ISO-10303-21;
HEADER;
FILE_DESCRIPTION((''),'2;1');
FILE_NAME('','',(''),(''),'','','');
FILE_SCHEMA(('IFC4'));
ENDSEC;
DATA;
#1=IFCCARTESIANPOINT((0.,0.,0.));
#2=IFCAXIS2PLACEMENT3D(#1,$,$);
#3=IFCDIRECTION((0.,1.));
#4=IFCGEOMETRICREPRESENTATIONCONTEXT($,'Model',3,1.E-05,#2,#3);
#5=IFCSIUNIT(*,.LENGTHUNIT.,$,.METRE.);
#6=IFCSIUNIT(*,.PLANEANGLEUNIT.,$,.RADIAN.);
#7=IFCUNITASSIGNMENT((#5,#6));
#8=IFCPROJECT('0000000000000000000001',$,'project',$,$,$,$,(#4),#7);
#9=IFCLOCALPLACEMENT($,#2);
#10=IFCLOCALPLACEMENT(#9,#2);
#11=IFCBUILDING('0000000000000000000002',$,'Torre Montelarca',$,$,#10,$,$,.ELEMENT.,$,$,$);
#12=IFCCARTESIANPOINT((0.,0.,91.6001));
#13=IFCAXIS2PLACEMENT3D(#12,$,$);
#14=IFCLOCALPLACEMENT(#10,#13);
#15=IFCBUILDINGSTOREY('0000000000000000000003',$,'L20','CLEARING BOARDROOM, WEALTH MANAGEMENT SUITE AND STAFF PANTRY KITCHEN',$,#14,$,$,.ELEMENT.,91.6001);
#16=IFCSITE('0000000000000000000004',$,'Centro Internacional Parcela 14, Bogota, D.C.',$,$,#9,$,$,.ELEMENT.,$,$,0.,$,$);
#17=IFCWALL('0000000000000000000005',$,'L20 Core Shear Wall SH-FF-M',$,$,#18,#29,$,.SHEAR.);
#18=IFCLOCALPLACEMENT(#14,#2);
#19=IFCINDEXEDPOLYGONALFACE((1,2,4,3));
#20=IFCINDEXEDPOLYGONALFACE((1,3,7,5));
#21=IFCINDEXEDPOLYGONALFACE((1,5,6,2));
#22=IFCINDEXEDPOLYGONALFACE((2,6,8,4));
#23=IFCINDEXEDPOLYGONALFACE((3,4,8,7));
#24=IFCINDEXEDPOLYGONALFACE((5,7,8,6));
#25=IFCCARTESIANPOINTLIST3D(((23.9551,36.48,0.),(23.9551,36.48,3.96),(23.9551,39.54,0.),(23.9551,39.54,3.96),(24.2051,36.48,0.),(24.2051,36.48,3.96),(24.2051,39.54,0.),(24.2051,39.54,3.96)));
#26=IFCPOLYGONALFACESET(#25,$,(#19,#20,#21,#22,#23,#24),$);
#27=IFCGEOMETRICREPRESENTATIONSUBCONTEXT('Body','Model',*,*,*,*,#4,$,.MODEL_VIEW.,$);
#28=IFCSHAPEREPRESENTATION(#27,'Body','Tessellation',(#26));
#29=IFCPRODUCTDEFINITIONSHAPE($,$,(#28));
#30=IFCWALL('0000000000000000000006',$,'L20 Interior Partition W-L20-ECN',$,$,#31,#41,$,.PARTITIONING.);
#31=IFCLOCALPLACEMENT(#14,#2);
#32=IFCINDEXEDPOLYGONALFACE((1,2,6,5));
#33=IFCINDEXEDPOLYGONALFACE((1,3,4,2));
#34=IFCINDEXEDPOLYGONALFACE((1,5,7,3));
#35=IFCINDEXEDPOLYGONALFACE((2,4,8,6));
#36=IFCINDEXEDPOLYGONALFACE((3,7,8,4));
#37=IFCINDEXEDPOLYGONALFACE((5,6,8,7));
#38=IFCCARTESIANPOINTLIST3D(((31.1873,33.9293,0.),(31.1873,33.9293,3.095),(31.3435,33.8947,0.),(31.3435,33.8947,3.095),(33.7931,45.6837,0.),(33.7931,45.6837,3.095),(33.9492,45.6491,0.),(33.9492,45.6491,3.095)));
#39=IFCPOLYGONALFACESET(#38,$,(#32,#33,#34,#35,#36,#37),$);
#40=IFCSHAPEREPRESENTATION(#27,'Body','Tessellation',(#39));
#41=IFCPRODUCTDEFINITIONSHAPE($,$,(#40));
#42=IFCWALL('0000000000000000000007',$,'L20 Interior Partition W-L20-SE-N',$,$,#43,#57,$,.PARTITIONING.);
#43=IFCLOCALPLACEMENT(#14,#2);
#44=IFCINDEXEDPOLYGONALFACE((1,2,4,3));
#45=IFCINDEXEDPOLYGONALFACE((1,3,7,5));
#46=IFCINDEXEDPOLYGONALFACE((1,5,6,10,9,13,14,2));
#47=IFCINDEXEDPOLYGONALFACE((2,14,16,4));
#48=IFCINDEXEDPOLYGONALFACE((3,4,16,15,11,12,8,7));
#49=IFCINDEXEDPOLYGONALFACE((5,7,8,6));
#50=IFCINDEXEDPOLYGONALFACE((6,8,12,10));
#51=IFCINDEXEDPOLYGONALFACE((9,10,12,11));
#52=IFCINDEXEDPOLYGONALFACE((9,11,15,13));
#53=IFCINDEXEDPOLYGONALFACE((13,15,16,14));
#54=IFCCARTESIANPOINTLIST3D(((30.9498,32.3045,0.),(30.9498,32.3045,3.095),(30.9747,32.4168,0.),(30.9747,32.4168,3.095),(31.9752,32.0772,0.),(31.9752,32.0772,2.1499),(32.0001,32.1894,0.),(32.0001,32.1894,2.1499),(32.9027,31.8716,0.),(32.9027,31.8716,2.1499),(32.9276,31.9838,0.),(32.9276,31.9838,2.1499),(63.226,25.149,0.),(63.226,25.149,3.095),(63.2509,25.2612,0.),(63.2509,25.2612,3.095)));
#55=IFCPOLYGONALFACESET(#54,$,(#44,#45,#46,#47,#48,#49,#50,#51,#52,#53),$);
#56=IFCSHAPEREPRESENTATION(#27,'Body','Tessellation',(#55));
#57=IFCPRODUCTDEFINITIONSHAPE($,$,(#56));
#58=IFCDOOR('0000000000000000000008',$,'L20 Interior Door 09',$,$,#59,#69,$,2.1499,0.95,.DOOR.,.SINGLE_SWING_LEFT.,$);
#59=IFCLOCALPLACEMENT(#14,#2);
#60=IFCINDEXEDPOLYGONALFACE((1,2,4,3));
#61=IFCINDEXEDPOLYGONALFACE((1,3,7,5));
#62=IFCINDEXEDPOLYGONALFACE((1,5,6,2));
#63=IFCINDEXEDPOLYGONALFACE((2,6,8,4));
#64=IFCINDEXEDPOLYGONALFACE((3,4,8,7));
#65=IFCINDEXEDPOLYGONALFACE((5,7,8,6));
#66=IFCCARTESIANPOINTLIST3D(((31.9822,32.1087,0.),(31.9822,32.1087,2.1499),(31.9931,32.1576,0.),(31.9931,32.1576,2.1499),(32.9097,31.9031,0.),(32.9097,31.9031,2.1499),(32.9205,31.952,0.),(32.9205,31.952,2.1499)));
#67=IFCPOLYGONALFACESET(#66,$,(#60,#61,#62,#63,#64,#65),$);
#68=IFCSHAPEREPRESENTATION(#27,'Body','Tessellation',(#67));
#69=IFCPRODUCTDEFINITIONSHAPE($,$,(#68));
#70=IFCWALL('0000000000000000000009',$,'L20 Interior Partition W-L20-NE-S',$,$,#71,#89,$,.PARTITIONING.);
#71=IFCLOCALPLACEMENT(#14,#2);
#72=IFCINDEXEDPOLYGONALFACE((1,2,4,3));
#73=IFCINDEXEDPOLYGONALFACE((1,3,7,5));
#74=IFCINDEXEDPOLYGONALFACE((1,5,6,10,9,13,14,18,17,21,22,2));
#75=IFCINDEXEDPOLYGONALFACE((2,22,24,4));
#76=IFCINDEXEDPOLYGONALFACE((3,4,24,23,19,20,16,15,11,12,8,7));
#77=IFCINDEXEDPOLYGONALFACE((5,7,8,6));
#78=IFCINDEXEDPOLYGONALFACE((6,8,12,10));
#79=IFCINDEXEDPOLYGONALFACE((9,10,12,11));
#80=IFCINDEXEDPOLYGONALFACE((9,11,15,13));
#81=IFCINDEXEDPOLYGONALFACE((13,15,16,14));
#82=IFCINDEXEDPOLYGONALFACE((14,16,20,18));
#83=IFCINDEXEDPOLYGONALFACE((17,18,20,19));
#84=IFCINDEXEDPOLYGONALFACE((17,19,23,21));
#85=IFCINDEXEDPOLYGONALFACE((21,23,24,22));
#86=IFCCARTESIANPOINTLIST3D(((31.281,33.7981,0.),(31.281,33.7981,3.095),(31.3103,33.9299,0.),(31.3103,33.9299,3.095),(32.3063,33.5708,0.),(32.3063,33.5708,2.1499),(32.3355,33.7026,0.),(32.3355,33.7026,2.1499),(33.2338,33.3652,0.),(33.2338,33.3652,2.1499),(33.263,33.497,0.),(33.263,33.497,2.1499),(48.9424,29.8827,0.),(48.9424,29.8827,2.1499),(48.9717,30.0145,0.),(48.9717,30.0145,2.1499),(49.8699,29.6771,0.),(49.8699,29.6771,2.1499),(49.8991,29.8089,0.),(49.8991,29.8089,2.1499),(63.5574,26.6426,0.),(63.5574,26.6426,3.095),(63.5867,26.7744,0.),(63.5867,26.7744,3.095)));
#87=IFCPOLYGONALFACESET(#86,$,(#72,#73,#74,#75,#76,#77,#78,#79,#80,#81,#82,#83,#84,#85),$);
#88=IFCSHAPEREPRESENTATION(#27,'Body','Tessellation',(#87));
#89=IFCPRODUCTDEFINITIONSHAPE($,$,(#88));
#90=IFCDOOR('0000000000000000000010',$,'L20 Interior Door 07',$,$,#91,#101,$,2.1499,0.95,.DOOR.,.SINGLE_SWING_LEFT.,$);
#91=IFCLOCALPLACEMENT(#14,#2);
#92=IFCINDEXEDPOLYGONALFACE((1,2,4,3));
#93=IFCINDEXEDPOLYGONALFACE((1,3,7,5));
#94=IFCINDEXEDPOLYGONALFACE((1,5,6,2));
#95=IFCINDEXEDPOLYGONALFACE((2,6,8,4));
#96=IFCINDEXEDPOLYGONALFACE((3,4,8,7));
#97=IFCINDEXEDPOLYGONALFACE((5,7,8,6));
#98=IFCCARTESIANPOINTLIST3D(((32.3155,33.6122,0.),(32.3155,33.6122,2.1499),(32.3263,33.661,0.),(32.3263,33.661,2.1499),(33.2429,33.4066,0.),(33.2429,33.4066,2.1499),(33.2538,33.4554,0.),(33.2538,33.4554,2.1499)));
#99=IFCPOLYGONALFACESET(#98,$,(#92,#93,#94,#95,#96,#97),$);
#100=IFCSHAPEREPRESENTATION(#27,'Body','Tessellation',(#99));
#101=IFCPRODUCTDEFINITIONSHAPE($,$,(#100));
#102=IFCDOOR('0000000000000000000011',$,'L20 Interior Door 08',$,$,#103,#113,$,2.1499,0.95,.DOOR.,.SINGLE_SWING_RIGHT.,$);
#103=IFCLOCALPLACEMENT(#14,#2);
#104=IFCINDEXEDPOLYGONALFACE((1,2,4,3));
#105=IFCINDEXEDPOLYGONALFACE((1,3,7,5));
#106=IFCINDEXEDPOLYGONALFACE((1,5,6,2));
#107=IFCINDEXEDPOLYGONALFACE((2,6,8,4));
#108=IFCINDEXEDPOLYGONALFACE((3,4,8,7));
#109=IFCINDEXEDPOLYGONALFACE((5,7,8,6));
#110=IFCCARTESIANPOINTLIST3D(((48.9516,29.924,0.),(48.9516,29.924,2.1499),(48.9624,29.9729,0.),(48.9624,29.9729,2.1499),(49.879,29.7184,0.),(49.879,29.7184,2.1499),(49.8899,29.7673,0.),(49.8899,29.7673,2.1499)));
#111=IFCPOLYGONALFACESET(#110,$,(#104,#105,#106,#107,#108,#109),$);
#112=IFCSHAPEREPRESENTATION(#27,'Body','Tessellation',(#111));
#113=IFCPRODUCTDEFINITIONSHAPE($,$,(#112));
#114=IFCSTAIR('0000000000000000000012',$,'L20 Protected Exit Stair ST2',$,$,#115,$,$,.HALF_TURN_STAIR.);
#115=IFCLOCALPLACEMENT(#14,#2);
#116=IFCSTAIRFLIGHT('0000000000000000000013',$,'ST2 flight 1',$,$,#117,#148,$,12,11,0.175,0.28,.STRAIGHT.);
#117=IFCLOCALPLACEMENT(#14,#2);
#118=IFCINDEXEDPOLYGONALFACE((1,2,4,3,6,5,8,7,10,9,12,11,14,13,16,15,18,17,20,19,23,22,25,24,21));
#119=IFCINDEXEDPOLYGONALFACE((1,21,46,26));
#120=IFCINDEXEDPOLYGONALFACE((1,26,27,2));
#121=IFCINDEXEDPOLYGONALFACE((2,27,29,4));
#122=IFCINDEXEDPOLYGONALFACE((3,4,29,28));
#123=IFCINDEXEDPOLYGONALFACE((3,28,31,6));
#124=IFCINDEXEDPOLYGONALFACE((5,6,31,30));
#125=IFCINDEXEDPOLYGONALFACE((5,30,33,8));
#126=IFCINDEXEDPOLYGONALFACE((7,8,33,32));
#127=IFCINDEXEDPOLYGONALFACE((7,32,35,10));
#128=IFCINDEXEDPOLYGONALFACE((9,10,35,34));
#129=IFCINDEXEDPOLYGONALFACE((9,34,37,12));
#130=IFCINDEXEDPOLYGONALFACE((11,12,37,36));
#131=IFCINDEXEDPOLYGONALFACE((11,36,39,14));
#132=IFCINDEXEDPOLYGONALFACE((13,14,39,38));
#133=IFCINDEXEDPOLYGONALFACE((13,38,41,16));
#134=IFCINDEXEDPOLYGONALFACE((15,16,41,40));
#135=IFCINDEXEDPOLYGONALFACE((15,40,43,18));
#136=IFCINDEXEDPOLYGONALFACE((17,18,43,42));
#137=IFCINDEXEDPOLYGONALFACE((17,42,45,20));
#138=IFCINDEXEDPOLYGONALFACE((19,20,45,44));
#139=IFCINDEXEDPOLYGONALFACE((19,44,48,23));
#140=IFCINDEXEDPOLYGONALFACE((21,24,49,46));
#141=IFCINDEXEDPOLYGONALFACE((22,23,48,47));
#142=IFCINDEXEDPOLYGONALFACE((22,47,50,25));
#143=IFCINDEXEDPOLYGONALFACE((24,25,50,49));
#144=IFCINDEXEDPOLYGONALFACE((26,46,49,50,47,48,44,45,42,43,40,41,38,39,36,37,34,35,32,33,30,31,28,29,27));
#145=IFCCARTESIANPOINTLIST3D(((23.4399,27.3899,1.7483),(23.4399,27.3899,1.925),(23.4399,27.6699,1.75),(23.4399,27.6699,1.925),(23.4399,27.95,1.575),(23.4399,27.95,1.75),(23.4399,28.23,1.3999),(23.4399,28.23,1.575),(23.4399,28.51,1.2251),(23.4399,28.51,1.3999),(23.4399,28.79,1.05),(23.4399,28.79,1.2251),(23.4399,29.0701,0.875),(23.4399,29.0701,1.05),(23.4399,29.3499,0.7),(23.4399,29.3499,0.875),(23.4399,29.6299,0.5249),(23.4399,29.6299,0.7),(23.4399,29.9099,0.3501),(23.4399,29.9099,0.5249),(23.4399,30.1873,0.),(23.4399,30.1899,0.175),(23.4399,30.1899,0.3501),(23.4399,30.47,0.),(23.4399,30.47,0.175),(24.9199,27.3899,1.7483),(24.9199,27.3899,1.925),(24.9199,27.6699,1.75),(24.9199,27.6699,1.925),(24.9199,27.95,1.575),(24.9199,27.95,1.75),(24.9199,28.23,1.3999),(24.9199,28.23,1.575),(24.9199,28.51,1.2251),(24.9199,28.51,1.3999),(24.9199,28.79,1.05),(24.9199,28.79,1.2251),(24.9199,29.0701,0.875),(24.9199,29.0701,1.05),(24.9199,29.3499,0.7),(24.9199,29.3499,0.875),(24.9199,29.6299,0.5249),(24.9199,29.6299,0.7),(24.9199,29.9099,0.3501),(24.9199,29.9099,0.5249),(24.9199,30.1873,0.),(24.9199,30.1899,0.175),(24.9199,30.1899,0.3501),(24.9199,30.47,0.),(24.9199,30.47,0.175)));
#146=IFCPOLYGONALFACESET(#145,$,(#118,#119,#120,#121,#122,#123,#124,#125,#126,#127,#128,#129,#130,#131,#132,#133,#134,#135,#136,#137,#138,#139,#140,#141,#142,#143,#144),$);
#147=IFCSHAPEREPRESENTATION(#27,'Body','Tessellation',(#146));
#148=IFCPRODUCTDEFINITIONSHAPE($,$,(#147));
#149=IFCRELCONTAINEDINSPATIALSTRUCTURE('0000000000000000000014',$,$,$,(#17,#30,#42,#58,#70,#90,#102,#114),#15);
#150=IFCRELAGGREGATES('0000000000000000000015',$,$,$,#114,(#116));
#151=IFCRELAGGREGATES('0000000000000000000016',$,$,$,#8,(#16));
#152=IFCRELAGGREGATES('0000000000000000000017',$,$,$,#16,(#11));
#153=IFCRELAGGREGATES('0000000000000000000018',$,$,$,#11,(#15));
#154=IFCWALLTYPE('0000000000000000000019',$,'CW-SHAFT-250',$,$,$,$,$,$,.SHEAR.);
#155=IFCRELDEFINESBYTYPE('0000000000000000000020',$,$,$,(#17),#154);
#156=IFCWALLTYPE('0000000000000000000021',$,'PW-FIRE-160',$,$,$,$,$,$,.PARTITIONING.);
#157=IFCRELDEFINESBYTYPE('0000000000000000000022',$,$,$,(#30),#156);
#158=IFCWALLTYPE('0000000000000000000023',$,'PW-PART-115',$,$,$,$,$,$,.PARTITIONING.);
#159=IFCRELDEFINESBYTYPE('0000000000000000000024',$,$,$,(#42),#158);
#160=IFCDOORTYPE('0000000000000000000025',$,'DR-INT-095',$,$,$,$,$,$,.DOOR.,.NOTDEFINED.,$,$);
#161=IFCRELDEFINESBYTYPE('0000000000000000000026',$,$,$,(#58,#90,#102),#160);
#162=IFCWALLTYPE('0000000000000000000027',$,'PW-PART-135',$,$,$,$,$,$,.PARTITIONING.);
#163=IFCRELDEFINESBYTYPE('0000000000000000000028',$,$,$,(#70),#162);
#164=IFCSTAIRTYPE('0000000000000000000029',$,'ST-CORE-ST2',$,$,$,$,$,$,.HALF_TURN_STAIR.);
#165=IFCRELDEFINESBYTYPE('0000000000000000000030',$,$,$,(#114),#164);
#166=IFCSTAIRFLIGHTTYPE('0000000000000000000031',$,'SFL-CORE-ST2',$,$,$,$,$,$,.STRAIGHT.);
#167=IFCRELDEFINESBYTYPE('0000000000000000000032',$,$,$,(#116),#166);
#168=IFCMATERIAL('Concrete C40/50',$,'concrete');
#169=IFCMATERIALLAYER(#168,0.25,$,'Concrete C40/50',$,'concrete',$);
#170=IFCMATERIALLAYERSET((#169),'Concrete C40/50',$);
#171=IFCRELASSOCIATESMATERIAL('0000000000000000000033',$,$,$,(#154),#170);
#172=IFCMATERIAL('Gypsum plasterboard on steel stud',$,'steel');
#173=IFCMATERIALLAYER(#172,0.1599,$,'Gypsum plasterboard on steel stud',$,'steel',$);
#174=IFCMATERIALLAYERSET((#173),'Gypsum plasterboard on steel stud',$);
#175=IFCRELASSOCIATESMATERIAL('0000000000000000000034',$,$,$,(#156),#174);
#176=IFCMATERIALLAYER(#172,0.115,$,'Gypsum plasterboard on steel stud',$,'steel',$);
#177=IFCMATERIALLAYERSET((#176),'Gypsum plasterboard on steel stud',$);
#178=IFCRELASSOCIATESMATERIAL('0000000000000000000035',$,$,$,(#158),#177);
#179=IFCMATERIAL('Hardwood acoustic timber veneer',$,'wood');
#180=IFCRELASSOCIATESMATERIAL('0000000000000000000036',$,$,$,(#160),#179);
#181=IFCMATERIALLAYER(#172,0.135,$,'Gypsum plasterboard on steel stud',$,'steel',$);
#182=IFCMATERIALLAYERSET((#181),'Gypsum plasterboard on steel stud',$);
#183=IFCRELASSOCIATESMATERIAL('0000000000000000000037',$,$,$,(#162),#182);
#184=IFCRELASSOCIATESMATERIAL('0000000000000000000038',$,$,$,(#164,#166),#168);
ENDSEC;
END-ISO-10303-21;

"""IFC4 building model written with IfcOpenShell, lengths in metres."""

from ifc_helpers import new_model, si_unit, direction, frame, frame_2d, origin, place, context, subcontext, project, spatial, polyline, rectangle, outline, extrude, source, transform, mapped, material, layer, layer_set, type_object, element, fill, aggregate, save


model = new_model("IFC4")

# Units and contexts
model_context = context("Model", 3, precision=1e-05, world=origin(), true_north=direction((0.0, 1.0)))
body_context = subcontext(model_context, "Body", "Model", "MODEL_VIEW")
ifc_project = project(units=[si_unit("LENGTHUNIT", "METRE"), si_unit("PLANEANGLEUNIT", "RADIAN")], contexts=[model_context])

# Site, building, storey
site_placement = place(None, origin())
site = spatial("IfcSite", under=ifc_project, at=site_placement, Name="Centro Internacional Parcela 14, Bogota, D.C.", CompositionType="ELEMENT", RefElevation=0.0)
building_placement = place(site_placement, origin())
building = spatial("IfcBuilding", under=site, at=building_placement, Name="Torre Montelarca", CompositionType="ELEMENT")
storey_placement = place(building_placement, frame((0.0, 0.0, 91.6001)))
storey = spatial("IfcBuildingStorey", under=building, at=storey_placement, Name="L20", Description="CLEARING BOARDROOM, WEALTH MANAGEMENT SUITE AND STAFF PANTRY KITCHEN", CompositionType="ELEMENT", Elevation=91.6001)

# Shared definitions
ifc_material_1 = material(Name="Concrete C40/50", Category="concrete")
ifc_layer_1 = layer(ifc_material_1, 0.25, Name="Concrete C40/50", Category="concrete")
ifc_layer_set_1 = layer_set([ifc_layer_1], Name="Concrete C40/50")
wall_type_1 = type_object("IfcWallType", Name="CW-SHAFT-250", PredefinedType="SHEAR", material=ifc_layer_set_1)

# Walls
wall_1_placement = place(storey_placement, frame((24.0801, 36.48, 0.0), z_axis=(0.0, 0.0, 1.0), x_axis=(0.0, 1.0, 0.0)))
element("IfcWall", 1, at=wall_1_placement, inside=storey, type_object=wall_type_1, Name="L20 Core Shear Wall SH-FF-M", PredefinedType="SHEAR", context=body_context, shape_type="SweptSolid", body=[
    extrude(rectangle(XDim=3.0601, YDim=0.25, at=frame_2d((1.53, 0.0))), origin(), (0.0, 0.0, 1.0), 3.96),
])
ifc_material_2 = material(Name="Gypsum plasterboard on steel stud", Category="steel")
ifc_layer_2 = layer(ifc_material_2, 0.1599, Name="Gypsum plasterboard on steel stud", Category="steel")
ifc_layer_set_2 = layer_set([ifc_layer_2], Name="Gypsum plasterboard on steel stud")
wall_type_2 = type_object("IfcWallType", Name="PW-FIRE-160", PredefinedType="PARTITIONING", material=ifc_layer_set_2)
wall_2_placement = place(storey_placement, frame((31.2654, 33.9119, 0.0), z_axis=(0.0, 0.0, 1.0), x_axis=(0.216426, 0.976299, 0.0)))
element("IfcWall", 2, at=wall_2_placement, inside=storey, type_object=wall_type_2, Name="L20 Interior Partition W-L20-ECN", PredefinedType="PARTITIONING", context=body_context, shape_type="SweptSolid", body=[
    extrude(rectangle(XDim=12.0398, YDim=0.1599, at=frame_2d((6.02, 0.0))), origin(), (0.0, 0.0, 1.0), 3.095),
])

# Wall, opening, door
ifc_layer_3 = layer(ifc_material_2, 0.115, Name="Gypsum plasterboard on steel stud", Category="steel")
ifc_layer_set_3 = layer_set([ifc_layer_3], Name="Gypsum plasterboard on steel stud")
wall_type_3 = type_object("IfcWallType", Name="PW-PART-115", PredefinedType="PARTITIONING", material=ifc_layer_set_3)
wall_3_placement = place(storey_placement, frame((30.9624, 32.3606, 0.0), z_axis=(0.0, 0.0, 1.0), x_axis=(0.976296, -0.216442, 0.0)))
wall_3 = element("IfcWall", 3, at=wall_3_placement, inside=storey, type_object=wall_type_3, Name="L20 Interior Partition W-L20-SE-N", PredefinedType="PARTITIONING", context=body_context, shape_type="SweptSolid", body=[
    extrude(rectangle(XDim=33.0598, YDim=0.115, at=frame_2d((16.5298, 0.0))), origin(), (0.0, 0.0, 1.0), 3.095),
])
opening_1_placement = place(wall_3_placement, frame((1.05, 0.0, 0.0)))
opening_1 = element("IfcOpeningElement", 4, at=opening_1_placement, cuts=wall_3, PredefinedType="OPENING", context=body_context, shape_type="SweptSolid", body=[
    extrude(rectangle(XDim=0.95, YDim=2.1499, at=frame_2d((0.4751, 1.075))), frame((0.0, 0.0674, 0.0), z_axis=(0.0, -1.0, 0.0), x_axis=(1.0, 0.0, 0.0)), (0.0, 0.0, 1.0), 0.135),
])
ifc_material_3 = material(Name="Hardwood acoustic timber veneer", Category="wood")
door_type_1 = type_object("IfcDoorType", Name="DR-INT-095", OperationType="NOTDEFINED", PredefinedType="DOOR", material=ifc_material_3)
shared_shape_1 = source(origin(), body_context, "Body", "SweptSolid", [
    extrude(rectangle(XDim=0.95, YDim=2.1499, at=frame_2d((0.4751, 1.075))), frame((0.0, 0.0249, 0.0), z_axis=(0.0, -1.0, 0.0), x_axis=(1.0, 0.0, 0.0)), (0.0, 0.0, 1.0), 0.05),
])
door_1_placement = place(opening_1_placement, origin())
door_1 = element("IfcDoor", 5, at=door_1_placement, inside=storey, type_object=door_type_1, Name="L20 Interior Door 09", OperationType="SINGLE_SWING_LEFT", OverallHeight=2.1499, OverallWidth=0.95, PredefinedType="DOOR", context=body_context, shape_type="MappedRepresentation", body=[
    mapped(shared_shape_1, transform((0.0, 0.0, 0.0), scale=1.0)),
])
fill(opening_1, door_1)

# Wall, openings, doors
ifc_layer_4 = layer(ifc_material_2, 0.135, Name="Gypsum plasterboard on steel stud", Category="steel")
ifc_layer_set_4 = layer_set([ifc_layer_4], Name="Gypsum plasterboard on steel stud")
wall_type_4 = type_object("IfcWallType", Name="PW-PART-135", PredefinedType="PARTITIONING", material=ifc_layer_set_4)
wall_4_placement = place(storey_placement, frame((31.2957, 33.864, 0.0), z_axis=(0.0, 0.0, 1.0), x_axis=(0.976296, -0.21644, 0.0)))
wall_4 = element("IfcWall", 6, at=wall_4_placement, inside=storey, type_object=wall_type_4, Name="L20 Interior Partition W-L20-NE-S", PredefinedType="PARTITIONING", context=body_context, shape_type="SweptSolid", body=[
    extrude(rectangle(XDim=33.0601, YDim=0.135, at=frame_2d((16.53, 0.0))), origin(), (0.0, 0.0, 1.0), 3.095),
])
opening_2_placement = place(wall_4_placement, frame((1.05, 0.0, 0.0)))
opening_2 = element("IfcOpeningElement", 7, at=opening_2_placement, cuts=wall_4, PredefinedType="OPENING", context=body_context, shape_type="SweptSolid", body=[
    extrude(rectangle(XDim=0.95, YDim=2.1499, at=frame_2d((0.4751, 1.075))), frame((0.0, 0.0776, 0.0), z_axis=(0.0, -1.0, 0.0), x_axis=(1.0, 0.0, 0.0)), (0.0, 0.0, 1.0), 0.155),
])
opening_3_placement = place(wall_4_placement, frame((18.0901, 0.0, 0.0)))
opening_3 = element("IfcOpeningElement", 8, at=opening_3_placement, cuts=wall_4, PredefinedType="OPENING", context=body_context, shape_type="SweptSolid", body=[
    extrude(rectangle(XDim=0.95, YDim=2.1499, at=frame_2d((0.4751, 1.075))), frame((0.0, 0.0776, 0.0), z_axis=(0.0, -1.0, 0.0), x_axis=(1.0, 0.0, 0.0)), (0.0, 0.0, 1.0), 0.155),
])
door_2_placement = place(opening_2_placement, origin())
door_2 = element("IfcDoor", 9, at=door_2_placement, inside=storey, type_object=door_type_1, Name="L20 Interior Door 07", OperationType="SINGLE_SWING_LEFT", OverallHeight=2.1499, OverallWidth=0.95, PredefinedType="DOOR", context=body_context, shape_type="MappedRepresentation", body=[
    mapped(shared_shape_1, transform((0.0, 0.0, 0.0), scale=1.0)),
])
fill(opening_2, door_2)
door_3_placement = place(opening_3_placement, origin())
door_3 = element("IfcDoor", 10, at=door_3_placement, inside=storey, type_object=door_type_1, Name="L20 Interior Door 08", OperationType="SINGLE_SWING_RIGHT", OverallHeight=2.1499, OverallWidth=0.95, PredefinedType="DOOR", context=body_context, shape_type="MappedRepresentation", body=[
    mapped(shared_shape_1, transform((0.0, 0.0, 0.0), scale=1.0)),
])
fill(opening_3, door_3)

# Stair, stair flight
stair_type = type_object("IfcStairType", Name="ST-CORE-ST2", PredefinedType="HALF_TURN_STAIR", material=ifc_material_1)
stair_placement = place(storey_placement, origin())
stair = element("IfcStair", 11, at=stair_placement, inside=storey, type_object=stair_type, Name="L20 Protected Exit Stair ST2", PredefinedType="HALF_TURN_STAIR")
stair_flight_type = type_object("IfcStairFlightType", Name="SFL-CORE-ST2", PredefinedType="STRAIGHT", material=ifc_material_1)
stair_flight_placement = place(storey_placement, frame((24.1799, 30.47, 0.0), z_axis=(0.0, 0.0, 1.0), x_axis=(0.0, -1.0, 0.0)))
stair_flight = element("IfcStairFlight", 12, at=stair_flight_placement, type_object=stair_flight_type, Name="ST2 flight 1", NumberOfRisers=12, NumberOfTreads=11, PredefinedType="STRAIGHT", RiserHeight=0.175, TreadLength=0.28, context=body_context, shape_type="SweptSolid", body=[
    extrude(outline(polyline([(0.0, 0.0), (0.0, 0.175), (0.28, 0.175), (0.28, 0.3501), (0.5601, 0.3501), (0.5601, 0.5249), (0.8401, 0.5249), (0.8401, 0.7), (1.1201, 0.7), (1.1201, 0.875), (1.3999, 0.875), (1.3999, 1.05), (1.6799, 1.05), (1.6799, 1.2251), (1.96, 1.2251), (1.96, 1.3999), (2.24, 1.3999), (2.24, 1.575), (2.52, 1.575), (2.52, 1.75), (2.8, 1.75), (2.8, 1.925), (3.0801, 1.925), (3.0801, 2.1001), (3.0801, 1.7483), (0.2827, 0.0), (0.0, 0.0)])), frame((0.0, 0.74, 0.0), z_axis=(0.0, -1.0, 0.0), x_axis=(1.0, 0.0, 0.0)), (0.0, 0.0, 1.0), 1.48),
])
aggregate(stair, [stair_flight])

save(model, "model.ifc")
